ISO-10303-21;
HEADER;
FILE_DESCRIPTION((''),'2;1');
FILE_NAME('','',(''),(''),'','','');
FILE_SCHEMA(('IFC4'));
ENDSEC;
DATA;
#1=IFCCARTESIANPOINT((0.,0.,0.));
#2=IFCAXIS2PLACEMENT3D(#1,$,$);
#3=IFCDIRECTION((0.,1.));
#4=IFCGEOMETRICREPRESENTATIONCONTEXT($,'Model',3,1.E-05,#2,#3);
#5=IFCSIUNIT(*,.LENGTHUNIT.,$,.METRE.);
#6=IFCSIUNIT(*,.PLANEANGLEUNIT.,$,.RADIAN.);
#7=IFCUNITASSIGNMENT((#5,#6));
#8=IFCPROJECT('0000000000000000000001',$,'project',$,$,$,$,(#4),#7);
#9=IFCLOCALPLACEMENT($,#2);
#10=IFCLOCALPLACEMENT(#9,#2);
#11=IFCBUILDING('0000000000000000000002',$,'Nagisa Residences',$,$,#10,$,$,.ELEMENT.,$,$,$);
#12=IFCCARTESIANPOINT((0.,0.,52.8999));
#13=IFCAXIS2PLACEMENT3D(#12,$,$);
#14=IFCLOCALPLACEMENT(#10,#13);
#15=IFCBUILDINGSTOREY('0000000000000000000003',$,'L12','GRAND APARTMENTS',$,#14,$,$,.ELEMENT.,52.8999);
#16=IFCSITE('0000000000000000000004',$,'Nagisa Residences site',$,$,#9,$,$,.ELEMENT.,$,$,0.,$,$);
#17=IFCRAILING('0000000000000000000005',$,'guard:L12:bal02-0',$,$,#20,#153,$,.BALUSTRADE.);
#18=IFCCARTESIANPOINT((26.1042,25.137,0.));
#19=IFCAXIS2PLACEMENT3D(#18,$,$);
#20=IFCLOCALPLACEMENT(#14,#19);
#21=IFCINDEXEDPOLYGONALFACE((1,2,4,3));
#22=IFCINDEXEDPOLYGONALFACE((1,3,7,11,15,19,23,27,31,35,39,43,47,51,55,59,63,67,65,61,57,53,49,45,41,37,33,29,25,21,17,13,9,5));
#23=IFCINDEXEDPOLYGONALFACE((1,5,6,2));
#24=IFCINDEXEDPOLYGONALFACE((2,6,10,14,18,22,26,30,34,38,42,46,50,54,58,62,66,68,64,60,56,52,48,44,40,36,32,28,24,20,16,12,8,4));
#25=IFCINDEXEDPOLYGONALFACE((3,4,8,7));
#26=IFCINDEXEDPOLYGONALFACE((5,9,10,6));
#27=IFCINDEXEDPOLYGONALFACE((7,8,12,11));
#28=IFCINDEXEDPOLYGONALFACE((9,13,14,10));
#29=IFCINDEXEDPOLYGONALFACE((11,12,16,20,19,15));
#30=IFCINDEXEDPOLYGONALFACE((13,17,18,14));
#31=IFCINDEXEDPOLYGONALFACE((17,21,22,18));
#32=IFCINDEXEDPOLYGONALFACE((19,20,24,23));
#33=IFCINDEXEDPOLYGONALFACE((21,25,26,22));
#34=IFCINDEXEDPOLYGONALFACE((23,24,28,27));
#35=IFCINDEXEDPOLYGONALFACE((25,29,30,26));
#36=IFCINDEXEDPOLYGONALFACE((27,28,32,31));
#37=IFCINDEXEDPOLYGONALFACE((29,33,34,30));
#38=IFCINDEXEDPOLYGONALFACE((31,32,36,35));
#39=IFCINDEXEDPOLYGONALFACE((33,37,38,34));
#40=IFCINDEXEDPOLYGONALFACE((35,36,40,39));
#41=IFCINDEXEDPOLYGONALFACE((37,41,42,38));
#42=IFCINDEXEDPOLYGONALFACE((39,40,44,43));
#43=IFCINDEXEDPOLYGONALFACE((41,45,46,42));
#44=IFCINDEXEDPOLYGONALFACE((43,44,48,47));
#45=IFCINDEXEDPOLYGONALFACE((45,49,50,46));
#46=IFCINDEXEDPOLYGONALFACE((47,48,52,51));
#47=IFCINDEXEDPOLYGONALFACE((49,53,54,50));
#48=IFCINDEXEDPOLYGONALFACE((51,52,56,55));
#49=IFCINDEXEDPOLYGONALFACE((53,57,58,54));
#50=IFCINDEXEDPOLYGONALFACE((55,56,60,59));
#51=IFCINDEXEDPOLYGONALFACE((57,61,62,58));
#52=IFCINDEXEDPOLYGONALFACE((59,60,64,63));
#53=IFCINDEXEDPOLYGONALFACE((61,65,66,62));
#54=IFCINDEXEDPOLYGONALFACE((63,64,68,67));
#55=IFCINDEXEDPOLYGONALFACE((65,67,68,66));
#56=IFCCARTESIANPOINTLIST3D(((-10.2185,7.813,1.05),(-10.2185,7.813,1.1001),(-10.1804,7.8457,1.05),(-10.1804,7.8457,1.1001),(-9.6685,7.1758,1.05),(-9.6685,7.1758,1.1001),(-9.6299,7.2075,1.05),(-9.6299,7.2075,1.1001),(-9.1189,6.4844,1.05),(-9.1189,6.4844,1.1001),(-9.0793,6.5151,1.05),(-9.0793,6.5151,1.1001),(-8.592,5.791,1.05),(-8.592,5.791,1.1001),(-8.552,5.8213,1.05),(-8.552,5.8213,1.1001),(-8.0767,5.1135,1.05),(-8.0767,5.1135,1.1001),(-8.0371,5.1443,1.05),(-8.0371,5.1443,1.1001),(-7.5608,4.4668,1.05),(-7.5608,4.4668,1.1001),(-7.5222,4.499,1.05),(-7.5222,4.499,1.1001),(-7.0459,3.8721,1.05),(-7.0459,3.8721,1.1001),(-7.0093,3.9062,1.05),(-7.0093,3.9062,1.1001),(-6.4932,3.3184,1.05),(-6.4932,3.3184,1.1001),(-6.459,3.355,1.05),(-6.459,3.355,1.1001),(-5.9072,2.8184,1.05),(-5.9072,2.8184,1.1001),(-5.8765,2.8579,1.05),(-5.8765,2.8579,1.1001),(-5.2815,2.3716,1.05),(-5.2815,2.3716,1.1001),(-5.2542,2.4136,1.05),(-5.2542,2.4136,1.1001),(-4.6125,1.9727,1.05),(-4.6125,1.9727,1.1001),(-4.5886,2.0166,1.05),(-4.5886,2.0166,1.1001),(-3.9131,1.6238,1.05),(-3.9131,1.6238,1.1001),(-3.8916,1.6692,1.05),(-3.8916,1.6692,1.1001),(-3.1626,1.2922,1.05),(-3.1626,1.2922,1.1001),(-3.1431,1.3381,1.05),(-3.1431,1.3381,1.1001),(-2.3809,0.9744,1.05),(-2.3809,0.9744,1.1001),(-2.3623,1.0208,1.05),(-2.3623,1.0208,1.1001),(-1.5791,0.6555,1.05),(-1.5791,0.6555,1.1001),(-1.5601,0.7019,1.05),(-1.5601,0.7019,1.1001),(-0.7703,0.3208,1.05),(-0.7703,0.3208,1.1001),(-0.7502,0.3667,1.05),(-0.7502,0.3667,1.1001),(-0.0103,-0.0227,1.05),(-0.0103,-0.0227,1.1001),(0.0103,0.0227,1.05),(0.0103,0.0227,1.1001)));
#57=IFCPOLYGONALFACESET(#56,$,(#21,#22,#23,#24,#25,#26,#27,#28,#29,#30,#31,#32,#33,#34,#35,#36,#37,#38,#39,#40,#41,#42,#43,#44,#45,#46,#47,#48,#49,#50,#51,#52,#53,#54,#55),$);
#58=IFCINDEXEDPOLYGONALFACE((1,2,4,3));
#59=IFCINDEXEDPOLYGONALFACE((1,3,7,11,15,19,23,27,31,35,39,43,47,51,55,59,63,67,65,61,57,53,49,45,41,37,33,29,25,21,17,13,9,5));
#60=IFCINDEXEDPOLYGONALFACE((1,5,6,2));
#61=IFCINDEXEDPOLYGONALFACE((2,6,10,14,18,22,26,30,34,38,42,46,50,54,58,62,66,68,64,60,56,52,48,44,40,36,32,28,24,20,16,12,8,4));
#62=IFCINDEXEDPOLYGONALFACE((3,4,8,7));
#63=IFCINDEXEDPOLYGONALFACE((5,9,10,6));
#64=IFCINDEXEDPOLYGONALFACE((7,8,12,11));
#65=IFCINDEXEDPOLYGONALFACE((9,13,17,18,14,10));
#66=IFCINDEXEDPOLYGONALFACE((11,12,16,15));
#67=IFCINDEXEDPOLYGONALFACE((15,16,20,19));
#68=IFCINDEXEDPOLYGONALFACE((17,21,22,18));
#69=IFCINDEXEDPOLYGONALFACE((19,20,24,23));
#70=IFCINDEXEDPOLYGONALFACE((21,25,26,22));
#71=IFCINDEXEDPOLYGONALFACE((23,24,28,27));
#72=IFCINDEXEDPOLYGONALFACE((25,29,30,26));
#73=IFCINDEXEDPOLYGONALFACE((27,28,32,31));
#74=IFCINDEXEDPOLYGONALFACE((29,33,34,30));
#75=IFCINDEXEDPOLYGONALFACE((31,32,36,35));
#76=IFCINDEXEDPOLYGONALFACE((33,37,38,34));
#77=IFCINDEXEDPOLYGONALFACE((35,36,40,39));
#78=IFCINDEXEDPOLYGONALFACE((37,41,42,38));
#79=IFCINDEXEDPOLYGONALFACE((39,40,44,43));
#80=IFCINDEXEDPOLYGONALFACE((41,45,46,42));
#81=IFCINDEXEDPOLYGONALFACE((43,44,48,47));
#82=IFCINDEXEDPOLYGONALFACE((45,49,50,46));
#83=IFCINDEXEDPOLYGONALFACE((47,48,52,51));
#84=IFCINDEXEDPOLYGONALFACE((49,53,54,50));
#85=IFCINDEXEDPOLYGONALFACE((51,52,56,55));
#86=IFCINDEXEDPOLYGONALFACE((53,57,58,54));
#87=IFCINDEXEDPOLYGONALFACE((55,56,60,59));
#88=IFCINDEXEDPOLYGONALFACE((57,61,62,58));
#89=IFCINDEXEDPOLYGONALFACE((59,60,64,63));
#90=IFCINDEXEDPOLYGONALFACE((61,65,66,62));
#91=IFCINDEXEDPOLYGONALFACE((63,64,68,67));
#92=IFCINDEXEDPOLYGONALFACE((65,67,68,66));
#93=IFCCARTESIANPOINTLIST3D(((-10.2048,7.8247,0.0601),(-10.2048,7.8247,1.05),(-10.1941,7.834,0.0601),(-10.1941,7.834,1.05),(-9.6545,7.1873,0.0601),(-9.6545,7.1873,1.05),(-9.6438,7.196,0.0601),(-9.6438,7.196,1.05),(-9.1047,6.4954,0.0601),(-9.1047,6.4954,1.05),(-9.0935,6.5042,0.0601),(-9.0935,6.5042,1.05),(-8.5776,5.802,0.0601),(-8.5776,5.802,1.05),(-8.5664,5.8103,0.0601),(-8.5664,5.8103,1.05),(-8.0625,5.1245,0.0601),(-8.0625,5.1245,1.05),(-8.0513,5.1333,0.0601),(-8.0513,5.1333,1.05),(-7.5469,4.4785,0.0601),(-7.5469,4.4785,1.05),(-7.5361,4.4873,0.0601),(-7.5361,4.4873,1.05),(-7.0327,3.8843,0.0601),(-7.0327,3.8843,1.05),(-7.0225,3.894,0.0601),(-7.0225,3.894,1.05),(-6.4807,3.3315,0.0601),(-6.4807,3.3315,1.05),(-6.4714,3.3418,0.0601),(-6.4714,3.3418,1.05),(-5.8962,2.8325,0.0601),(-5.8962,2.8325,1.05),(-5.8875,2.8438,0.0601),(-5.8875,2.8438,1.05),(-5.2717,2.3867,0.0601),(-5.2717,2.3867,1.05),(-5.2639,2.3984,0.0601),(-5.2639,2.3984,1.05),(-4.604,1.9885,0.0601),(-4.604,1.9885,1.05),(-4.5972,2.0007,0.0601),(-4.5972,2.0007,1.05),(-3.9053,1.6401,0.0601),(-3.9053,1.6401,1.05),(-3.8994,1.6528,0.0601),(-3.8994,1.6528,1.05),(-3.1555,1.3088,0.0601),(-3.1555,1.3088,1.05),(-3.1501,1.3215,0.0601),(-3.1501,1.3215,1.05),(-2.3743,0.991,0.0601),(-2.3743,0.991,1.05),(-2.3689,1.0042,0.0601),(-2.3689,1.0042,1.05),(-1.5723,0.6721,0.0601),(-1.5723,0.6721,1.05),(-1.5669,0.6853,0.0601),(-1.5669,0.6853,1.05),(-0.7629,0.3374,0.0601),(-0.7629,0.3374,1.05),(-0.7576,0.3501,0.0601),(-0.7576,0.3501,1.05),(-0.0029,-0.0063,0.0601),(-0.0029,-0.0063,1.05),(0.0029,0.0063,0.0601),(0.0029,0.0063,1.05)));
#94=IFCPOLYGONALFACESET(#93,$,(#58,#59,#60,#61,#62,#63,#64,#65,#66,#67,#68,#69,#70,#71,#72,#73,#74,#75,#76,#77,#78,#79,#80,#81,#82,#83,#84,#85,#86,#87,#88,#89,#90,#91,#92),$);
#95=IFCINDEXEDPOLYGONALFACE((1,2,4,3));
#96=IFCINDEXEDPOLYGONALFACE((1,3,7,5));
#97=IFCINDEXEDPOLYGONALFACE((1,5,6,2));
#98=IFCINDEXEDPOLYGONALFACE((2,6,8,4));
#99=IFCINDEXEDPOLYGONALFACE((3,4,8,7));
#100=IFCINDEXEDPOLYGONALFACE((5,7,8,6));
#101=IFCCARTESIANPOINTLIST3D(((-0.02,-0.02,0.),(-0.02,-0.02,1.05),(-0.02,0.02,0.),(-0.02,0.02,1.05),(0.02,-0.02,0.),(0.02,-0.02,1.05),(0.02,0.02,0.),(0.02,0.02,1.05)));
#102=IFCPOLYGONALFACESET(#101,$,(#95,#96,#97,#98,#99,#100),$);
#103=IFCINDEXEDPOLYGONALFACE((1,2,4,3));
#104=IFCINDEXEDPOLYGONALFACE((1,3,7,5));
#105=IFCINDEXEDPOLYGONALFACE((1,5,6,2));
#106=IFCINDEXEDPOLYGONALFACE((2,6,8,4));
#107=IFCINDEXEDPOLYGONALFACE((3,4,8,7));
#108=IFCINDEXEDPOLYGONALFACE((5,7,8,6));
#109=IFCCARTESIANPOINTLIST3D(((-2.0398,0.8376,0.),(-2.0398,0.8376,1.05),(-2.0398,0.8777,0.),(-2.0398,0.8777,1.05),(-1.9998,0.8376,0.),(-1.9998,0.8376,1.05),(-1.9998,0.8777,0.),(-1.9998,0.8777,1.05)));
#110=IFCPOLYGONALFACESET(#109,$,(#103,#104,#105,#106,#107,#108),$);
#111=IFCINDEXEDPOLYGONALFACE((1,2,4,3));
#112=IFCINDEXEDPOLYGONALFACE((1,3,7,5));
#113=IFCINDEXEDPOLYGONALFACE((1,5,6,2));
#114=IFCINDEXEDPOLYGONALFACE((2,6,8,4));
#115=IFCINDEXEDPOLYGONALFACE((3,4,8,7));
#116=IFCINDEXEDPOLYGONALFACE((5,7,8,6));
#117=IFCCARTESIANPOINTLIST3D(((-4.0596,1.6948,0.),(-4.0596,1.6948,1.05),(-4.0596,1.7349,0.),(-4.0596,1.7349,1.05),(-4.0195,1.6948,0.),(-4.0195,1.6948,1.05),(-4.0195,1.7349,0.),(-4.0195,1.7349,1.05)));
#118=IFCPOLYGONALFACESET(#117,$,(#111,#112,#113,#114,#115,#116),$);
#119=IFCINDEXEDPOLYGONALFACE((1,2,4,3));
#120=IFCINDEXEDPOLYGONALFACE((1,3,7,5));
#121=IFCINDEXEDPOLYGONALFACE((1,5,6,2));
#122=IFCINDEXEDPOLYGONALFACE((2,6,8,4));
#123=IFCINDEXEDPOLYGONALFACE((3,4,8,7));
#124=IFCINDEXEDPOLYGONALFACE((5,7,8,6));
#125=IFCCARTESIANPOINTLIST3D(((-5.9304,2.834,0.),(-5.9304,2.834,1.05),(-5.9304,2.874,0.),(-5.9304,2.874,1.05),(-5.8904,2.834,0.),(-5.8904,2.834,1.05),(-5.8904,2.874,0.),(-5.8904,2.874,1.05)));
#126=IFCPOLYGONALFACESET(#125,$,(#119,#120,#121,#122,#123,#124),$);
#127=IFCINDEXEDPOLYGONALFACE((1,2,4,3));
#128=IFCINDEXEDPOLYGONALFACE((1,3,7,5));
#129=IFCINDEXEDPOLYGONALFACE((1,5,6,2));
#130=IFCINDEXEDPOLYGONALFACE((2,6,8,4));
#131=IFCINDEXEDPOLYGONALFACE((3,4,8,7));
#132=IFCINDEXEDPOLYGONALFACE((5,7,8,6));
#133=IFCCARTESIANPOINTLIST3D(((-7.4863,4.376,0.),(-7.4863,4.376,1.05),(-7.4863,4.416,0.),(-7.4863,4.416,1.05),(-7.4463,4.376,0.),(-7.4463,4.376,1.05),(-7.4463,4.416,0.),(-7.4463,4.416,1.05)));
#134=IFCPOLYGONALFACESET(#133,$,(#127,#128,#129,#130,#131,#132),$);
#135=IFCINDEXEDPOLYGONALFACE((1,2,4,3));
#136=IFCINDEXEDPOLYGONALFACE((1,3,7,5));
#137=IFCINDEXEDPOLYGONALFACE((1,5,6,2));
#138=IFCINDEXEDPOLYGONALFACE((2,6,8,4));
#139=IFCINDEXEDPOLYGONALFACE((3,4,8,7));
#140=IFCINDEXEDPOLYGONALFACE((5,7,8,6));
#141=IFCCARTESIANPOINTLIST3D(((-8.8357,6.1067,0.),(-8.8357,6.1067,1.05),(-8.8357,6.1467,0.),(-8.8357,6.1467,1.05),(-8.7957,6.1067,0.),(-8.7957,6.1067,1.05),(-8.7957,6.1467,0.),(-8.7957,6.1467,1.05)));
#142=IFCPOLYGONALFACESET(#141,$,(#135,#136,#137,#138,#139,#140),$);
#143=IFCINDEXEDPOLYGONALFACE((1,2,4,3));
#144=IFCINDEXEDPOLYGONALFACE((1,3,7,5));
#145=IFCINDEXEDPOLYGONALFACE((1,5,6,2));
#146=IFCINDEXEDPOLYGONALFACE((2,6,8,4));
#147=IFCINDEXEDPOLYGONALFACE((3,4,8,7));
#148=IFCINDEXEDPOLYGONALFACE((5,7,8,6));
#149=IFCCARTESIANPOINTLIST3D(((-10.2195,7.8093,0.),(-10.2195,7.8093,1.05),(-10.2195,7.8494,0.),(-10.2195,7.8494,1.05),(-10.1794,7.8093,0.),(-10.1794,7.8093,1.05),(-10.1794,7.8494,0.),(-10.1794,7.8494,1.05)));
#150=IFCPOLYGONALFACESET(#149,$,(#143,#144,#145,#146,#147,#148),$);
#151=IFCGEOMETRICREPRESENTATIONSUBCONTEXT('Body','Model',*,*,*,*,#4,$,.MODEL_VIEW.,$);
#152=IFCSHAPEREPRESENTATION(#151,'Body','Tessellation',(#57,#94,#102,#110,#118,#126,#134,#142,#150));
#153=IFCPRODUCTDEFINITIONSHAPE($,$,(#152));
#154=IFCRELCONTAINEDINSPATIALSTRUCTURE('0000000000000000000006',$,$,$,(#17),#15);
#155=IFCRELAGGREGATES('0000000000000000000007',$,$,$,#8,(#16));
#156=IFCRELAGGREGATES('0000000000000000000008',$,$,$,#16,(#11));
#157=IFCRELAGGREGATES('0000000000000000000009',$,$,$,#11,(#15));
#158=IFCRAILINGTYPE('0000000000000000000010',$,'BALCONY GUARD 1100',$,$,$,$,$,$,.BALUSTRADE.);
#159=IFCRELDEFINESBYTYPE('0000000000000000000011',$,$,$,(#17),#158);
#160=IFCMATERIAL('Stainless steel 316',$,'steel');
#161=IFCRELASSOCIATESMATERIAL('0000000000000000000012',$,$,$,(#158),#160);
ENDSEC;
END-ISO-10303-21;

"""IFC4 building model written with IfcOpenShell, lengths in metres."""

from ifc_helpers import new_model, si_unit, direction, frame, origin, origin_2d, place, context, subcontext, project, spatial, polyline, rectangle, outline, extrude, material, type_object, element, save


model = new_model("IFC4")

# Units and contexts
model_context = context("Model", 3, precision=1e-05, world=origin(), true_north=direction((0.0, 1.0)))
body_context = subcontext(model_context, "Body", "Model", "MODEL_VIEW")
ifc_project = project(units=[si_unit("LENGTHUNIT", "METRE"), si_unit("PLANEANGLEUNIT", "RADIAN")], contexts=[model_context])

# Site, building, storey
site_placement = place(None, origin())
site = spatial("IfcSite", under=ifc_project, at=site_placement, Name="Nagisa Residences site", CompositionType="ELEMENT", RefElevation=0.0)
building_placement = place(site_placement, origin())
building = spatial("IfcBuilding", under=site, at=building_placement, Name="Nagisa Residences", CompositionType="ELEMENT")
storey_placement = place(building_placement, frame((0.0, 0.0, 52.8999)))
storey = spatial("IfcBuildingStorey", under=building, at=storey_placement, Name="L12", Description="GRAND APARTMENTS", CompositionType="ELEMENT", Elevation=52.8999)

# Railing
ifc_material_1 = material(Name="Stainless steel 316", Category="steel")
railing_type = type_object("IfcRailingType", Name="BALCONY GUARD 1100", PredefinedType="BALUSTRADE", material=ifc_material_1)
railing_1_placement = place(storey_placement, frame((26.1042, 25.137, 0.0)))
element("IfcRailing", 1, at=railing_1_placement, inside=storey, type_object=railing_type, Name="guard:L12:bal02-0", PredefinedType="BALUSTRADE", context=body_context, shape_type="SweptSolid", body=[
    extrude(outline(polyline([(-0.7703, 0.3208), (-0.0103, -0.0227), (0.0103, 0.0227), (-0.7502, 0.3667), (-1.5601, 0.7019), (-2.3623, 1.0208), (-3.1431, 1.3381), (-3.8916, 1.6692), (-4.5886, 2.0166), (-5.2542, 2.4136), (-5.8765, 2.8579), (-6.459, 3.355), (-7.0093, 3.9062), (-7.5222, 4.499), (-8.0371, 5.1443), (-8.552, 5.8213), (-9.0793, 6.5151), (-9.6299, 7.2075), (-10.1804, 7.8457), (-10.2185, 7.813), (-9.6685, 7.1758), (-9.1189, 6.4844), (-8.592, 5.791), (-8.0767, 5.1135), (-7.5608, 4.4668), (-7.0459, 3.8721), (-6.4932, 3.3184), (-5.9072, 2.8184), (-5.2815, 2.3716), (-4.6125, 1.9727), (-3.9131, 1.6238), (-3.1626, 1.2922), (-2.3809, 0.9744), (-1.5791, 0.6555), (-0.7703, 0.3208)])), frame((0.0, 0.0, 1.05)), (0.0, 0.0, 1.0), 0.05),
    extrude(outline(polyline([(-0.7629, 0.3374), (-0.0029, -0.0063), (0.0029, 0.0063), (-0.7576, 0.3501), (-1.5669, 0.6853), (-2.3689, 1.0042), (-3.1501, 1.3215), (-3.8994, 1.6528), (-4.5972, 2.0007), (-5.2639, 2.3984), (-5.8875, 2.8438), (-6.4714, 3.3418), (-7.0225, 3.894), (-7.5361, 4.4873), (-8.0513, 5.1333), (-8.5664, 5.8103), (-9.0935, 6.5042), (-9.6438, 7.196), (-10.1941, 7.834), (-10.2048, 7.8247), (-9.6545, 7.1873), (-9.1047, 6.4954), (-8.5776, 5.802), (-8.0625, 5.1245), (-7.5469, 4.4785), (-7.0327, 3.8843), (-6.4807, 3.3315), (-5.8962, 2.8325), (-5.2717, 2.3867), (-4.604, 1.9885), (-3.9053, 1.6401), (-3.1555, 1.3088), (-2.3743, 0.991), (-1.5723, 0.6721), (-0.7629, 0.3374)])), frame((0.0, 0.0, 0.0601)), (0.0, 0.0, 1.0), 0.99),
    extrude(rectangle(XDim=0.04, YDim=0.04, at=origin_2d()), origin(), (0.0, 0.0, 1.0), 1.05),
    extrude(rectangle(XDim=0.04, YDim=0.04, at=origin_2d()), frame((-2.0198, 0.8577, 0.0)), (0.0, 0.0, 1.0), 1.05),
    extrude(rectangle(XDim=0.04, YDim=0.04, at=origin_2d()), frame((-4.0396, 1.7148, 0.0)), (0.0, 0.0, 1.0), 1.05),
    extrude(rectangle(XDim=0.04, YDim=0.04, at=origin_2d()), frame((-5.9104, 2.854, 0.0)), (0.0, 0.0, 1.0), 1.05),
    extrude(rectangle(XDim=0.04, YDim=0.04, at=origin_2d()), frame((-7.4663, 4.396, 0.0)), (0.0, 0.0, 1.0), 1.05),
    extrude(rectangle(XDim=0.04, YDim=0.04, at=origin_2d()), frame((-8.8157, 6.1267, 0.0)), (0.0, 0.0, 1.0), 1.05),
    extrude(rectangle(XDim=0.04, YDim=0.04, at=origin_2d()), frame((-10.1995, 7.8293, 0.0)), (0.0, 0.0, 1.0), 1.05),
])

save(model, "model.ifc")
